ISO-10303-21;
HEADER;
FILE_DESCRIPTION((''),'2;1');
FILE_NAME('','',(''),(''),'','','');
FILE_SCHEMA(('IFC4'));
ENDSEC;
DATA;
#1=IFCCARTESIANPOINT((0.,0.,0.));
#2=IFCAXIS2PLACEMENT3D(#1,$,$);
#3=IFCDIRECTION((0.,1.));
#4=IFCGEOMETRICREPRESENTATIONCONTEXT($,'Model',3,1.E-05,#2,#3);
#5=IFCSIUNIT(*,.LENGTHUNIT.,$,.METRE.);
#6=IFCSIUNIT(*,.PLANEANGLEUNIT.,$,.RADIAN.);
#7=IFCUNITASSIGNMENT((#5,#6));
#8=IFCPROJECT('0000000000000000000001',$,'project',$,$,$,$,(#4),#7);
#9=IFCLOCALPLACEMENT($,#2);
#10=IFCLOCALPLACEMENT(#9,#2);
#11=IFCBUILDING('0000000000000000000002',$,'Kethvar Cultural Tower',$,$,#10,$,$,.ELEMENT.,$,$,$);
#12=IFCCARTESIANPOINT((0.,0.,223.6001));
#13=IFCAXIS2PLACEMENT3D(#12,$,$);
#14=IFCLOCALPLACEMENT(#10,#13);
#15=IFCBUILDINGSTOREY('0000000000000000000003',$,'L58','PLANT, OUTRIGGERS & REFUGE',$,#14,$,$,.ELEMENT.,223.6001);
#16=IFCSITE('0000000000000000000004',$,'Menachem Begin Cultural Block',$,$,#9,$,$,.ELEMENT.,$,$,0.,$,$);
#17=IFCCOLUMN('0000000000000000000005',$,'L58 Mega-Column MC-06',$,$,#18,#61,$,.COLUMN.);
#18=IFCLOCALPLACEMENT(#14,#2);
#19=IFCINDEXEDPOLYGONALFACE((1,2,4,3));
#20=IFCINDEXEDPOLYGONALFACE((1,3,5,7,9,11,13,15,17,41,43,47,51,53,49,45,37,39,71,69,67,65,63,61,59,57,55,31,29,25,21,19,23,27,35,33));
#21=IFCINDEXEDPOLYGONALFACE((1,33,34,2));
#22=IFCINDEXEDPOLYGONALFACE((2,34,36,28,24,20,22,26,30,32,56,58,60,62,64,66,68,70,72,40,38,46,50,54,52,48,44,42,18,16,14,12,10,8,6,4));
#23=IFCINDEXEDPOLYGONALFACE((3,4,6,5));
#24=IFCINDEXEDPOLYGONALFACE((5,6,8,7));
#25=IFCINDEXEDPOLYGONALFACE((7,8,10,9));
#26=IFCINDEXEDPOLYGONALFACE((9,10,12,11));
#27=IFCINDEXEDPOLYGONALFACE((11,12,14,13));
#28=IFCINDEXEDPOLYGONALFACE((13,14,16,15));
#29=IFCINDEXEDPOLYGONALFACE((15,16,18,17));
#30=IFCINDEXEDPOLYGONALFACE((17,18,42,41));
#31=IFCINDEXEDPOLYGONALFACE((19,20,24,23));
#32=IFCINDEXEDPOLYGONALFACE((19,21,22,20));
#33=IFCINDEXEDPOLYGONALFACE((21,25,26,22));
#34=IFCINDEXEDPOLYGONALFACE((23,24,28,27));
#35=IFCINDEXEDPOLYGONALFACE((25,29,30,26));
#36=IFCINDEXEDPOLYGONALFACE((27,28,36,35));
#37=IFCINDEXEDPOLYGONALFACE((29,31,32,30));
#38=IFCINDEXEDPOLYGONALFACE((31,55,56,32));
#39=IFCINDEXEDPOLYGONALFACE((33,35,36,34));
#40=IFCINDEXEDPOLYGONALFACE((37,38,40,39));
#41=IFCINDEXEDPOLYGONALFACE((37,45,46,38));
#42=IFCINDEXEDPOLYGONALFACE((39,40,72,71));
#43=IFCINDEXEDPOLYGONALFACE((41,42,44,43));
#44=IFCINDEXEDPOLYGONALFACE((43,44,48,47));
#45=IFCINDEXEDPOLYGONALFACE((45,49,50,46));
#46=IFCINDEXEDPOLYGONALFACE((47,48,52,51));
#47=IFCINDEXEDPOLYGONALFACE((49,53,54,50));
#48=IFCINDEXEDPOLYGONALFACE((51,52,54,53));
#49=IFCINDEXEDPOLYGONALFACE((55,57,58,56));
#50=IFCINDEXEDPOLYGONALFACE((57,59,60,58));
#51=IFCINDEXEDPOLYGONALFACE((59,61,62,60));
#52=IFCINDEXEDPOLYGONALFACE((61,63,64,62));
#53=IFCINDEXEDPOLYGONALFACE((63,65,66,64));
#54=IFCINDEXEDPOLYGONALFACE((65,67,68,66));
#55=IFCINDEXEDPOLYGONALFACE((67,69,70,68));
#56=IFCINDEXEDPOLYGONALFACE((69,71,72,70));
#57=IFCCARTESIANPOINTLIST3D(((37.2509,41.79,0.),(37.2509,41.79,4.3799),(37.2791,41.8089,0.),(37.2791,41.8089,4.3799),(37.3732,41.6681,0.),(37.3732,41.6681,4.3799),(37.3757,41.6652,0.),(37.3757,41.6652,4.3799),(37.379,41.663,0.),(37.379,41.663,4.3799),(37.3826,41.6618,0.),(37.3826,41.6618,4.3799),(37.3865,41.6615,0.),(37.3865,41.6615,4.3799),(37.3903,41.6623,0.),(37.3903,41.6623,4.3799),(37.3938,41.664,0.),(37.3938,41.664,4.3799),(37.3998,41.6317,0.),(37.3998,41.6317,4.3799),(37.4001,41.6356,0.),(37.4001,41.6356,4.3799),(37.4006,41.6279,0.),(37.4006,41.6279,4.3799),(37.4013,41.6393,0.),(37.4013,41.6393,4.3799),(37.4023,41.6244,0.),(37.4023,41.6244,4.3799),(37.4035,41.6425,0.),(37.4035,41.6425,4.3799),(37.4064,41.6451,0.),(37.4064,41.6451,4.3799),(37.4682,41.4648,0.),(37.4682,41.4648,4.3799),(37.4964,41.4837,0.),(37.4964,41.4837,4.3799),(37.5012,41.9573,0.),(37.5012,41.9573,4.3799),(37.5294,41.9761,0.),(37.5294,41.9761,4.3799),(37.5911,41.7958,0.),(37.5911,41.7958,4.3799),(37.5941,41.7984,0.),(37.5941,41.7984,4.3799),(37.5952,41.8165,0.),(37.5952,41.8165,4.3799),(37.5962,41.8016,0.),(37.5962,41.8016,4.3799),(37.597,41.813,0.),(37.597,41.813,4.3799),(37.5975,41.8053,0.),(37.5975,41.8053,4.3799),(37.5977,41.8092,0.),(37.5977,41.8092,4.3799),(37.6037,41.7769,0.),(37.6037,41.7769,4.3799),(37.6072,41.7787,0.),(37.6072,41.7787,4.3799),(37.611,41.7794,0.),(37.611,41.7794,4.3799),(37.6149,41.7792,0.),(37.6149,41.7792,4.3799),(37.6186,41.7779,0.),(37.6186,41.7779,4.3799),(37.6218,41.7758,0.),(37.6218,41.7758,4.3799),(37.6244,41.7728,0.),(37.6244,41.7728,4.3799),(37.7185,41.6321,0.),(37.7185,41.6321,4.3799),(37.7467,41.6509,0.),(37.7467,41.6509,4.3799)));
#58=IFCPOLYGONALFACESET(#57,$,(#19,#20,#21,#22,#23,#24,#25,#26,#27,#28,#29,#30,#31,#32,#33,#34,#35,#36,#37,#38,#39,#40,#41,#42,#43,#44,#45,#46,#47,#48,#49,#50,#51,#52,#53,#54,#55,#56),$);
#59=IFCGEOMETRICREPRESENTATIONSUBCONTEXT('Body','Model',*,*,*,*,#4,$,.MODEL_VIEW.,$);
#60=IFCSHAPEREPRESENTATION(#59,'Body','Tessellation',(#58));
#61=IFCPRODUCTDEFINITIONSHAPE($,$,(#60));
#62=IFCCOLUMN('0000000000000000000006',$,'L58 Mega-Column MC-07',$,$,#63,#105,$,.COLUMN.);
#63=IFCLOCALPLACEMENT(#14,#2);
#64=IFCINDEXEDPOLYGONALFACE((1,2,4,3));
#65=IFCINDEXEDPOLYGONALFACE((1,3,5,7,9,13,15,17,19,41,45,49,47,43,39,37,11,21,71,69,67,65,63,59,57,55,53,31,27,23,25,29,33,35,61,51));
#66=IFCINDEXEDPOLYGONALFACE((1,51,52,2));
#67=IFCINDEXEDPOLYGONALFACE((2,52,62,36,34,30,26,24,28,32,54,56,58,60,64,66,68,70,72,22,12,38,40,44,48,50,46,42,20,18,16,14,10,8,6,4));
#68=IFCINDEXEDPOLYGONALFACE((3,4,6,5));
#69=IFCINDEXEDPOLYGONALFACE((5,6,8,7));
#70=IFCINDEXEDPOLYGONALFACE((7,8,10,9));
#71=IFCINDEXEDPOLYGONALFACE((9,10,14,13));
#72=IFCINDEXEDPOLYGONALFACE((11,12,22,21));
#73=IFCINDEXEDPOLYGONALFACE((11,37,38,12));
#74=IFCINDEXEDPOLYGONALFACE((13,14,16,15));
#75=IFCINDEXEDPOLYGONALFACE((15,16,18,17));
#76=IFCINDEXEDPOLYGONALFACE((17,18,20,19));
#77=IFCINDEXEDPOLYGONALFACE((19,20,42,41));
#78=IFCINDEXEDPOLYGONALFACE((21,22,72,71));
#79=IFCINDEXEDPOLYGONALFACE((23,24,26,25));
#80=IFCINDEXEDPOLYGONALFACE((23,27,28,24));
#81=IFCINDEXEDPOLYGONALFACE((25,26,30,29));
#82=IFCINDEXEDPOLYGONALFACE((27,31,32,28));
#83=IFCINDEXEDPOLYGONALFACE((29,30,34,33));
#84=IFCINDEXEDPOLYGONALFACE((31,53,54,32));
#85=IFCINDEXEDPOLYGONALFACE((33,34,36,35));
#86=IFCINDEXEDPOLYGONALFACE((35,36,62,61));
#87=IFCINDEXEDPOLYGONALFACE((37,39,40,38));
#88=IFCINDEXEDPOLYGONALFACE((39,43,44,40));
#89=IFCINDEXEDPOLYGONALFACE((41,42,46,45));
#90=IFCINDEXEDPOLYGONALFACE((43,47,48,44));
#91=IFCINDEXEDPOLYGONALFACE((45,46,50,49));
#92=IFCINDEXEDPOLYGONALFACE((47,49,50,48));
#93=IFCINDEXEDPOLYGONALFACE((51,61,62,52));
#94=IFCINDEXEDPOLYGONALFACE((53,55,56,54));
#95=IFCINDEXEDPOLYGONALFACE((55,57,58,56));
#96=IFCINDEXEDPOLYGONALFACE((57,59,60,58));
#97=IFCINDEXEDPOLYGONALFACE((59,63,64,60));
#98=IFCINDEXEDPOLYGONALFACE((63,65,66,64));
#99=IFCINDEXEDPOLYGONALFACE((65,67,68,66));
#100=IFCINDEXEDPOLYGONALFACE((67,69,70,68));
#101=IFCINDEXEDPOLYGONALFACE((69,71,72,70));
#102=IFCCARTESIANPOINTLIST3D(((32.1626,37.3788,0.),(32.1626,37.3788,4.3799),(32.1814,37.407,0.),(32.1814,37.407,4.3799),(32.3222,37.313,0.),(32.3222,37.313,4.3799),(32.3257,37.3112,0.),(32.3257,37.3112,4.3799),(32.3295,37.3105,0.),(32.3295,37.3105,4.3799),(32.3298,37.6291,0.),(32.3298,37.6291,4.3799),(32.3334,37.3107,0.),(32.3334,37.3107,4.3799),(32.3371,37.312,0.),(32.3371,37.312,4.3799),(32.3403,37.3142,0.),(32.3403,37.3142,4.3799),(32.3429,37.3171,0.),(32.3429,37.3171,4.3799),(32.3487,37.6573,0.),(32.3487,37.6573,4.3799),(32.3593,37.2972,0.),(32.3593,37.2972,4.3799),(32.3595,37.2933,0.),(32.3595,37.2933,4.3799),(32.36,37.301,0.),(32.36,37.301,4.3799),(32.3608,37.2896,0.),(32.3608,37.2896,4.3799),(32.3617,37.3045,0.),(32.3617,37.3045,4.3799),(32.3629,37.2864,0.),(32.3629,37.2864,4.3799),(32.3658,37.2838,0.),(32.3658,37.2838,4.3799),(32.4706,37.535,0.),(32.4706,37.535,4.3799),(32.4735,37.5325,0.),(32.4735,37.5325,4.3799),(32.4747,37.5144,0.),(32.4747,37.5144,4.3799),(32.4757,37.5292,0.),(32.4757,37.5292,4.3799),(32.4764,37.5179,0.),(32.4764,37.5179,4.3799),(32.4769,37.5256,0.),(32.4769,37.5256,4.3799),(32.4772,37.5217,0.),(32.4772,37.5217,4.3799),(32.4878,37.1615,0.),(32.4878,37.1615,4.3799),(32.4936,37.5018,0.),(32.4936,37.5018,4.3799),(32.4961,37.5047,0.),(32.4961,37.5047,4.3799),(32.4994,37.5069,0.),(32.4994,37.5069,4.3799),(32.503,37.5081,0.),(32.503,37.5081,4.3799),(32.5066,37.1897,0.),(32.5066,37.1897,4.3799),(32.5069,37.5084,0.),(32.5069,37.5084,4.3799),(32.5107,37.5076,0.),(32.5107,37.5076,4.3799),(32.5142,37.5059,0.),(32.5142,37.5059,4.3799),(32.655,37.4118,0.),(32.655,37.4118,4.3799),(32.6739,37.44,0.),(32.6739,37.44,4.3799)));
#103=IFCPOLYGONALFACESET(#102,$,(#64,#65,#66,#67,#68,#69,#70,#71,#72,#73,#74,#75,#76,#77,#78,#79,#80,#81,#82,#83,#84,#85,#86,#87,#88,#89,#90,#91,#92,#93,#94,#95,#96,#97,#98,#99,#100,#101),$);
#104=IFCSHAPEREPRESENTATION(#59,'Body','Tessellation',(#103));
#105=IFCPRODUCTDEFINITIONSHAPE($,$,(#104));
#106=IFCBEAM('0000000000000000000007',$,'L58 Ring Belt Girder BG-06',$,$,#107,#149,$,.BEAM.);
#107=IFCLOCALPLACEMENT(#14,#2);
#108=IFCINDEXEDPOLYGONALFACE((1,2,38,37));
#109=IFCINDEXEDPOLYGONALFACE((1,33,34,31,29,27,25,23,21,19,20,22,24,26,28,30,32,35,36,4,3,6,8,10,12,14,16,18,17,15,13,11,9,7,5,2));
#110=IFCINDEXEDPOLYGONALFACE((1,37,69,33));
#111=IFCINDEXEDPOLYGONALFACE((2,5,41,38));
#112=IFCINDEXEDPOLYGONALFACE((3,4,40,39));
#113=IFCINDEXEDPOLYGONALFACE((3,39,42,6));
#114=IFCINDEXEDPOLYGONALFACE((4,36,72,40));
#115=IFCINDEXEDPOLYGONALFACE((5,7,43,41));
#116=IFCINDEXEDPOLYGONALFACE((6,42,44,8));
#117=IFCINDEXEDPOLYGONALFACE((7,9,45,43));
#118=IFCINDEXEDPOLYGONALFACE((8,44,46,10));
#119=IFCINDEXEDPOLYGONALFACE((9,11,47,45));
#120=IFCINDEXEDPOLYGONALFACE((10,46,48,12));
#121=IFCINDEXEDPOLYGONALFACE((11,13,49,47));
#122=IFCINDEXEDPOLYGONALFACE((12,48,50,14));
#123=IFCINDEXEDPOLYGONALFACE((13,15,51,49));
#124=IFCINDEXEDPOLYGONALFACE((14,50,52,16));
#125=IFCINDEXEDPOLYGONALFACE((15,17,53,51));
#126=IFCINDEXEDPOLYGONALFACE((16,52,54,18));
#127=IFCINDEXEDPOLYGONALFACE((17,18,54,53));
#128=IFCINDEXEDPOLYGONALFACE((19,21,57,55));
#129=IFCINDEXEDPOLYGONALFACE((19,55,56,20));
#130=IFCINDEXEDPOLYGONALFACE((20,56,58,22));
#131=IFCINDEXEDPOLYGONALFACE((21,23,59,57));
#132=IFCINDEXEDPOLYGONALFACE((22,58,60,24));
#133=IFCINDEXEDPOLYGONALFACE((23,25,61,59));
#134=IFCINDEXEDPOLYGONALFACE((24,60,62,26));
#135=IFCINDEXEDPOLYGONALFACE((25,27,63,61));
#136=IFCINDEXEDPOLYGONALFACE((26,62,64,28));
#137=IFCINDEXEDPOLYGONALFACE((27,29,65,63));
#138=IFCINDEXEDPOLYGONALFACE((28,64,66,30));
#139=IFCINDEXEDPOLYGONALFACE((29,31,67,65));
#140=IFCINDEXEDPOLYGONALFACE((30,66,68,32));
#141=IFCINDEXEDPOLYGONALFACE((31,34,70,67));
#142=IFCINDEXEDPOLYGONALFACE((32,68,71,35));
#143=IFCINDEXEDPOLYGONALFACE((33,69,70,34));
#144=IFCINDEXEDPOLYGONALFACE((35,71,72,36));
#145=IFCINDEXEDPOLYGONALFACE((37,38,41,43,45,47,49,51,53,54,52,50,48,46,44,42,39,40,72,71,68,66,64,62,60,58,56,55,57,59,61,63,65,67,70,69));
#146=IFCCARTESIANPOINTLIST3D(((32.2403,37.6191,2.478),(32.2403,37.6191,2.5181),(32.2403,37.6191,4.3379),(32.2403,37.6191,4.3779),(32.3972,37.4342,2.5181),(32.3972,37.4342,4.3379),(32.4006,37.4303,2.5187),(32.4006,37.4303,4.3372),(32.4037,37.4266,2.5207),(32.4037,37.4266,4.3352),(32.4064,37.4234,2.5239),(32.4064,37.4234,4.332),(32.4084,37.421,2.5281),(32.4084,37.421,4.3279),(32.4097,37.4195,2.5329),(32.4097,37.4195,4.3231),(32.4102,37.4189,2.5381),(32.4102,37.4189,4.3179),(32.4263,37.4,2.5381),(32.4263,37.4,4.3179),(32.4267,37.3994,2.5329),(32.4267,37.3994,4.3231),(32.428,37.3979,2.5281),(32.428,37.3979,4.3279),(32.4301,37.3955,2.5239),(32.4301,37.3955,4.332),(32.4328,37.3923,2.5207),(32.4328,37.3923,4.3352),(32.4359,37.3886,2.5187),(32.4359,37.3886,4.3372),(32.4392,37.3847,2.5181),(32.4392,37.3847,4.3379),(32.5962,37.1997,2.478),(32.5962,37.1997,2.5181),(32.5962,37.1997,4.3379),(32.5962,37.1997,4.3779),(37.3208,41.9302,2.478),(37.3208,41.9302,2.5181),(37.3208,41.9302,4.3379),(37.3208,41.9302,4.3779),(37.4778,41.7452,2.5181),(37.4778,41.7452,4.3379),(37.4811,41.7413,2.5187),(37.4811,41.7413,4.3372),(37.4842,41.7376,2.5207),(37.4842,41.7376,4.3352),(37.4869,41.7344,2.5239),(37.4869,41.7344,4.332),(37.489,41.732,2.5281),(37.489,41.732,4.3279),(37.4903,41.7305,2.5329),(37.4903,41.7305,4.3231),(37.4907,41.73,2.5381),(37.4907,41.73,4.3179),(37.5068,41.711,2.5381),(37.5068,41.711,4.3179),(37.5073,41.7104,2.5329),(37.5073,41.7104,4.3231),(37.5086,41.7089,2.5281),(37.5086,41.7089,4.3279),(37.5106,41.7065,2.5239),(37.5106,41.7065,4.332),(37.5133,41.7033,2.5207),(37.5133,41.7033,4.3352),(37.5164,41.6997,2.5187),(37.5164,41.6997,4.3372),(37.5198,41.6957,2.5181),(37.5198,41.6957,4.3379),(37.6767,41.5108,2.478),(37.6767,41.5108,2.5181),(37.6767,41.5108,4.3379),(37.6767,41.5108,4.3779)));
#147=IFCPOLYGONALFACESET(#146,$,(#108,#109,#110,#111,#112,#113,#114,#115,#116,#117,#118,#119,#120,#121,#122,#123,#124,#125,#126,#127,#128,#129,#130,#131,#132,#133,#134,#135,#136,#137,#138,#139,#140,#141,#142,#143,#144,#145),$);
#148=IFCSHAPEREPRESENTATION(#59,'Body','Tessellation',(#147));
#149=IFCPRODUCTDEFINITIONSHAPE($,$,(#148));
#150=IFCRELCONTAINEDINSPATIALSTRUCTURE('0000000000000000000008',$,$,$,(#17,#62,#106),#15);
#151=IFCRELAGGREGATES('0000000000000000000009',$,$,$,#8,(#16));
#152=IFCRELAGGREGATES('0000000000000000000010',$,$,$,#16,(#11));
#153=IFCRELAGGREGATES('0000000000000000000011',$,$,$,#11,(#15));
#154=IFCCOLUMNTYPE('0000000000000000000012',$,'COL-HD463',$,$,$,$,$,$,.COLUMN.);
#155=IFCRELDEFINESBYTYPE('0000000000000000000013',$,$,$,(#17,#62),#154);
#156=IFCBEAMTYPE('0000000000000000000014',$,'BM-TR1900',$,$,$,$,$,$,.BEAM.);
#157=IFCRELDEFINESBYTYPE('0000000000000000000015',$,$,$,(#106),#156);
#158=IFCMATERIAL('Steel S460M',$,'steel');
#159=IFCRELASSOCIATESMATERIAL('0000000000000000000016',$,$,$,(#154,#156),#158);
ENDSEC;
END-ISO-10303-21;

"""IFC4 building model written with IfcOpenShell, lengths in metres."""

from ifc_helpers import new_model, si_unit, direction, frame, origin, origin_2d, place, context, subcontext, project, spatial, i_section, extrude, source, transform, mapped, material, material_profile, profile_set, type_object, element, save


model = new_model("IFC4")

# Units and contexts
model_context = context("Model", 3, precision=1e-05, world=origin(), true_north=direction((0.0, 1.0)))
body_context = subcontext(model_context, "Body", "Model", "MODEL_VIEW")
ifc_project = project(units=[si_unit("LENGTHUNIT", "METRE"), si_unit("PLANEANGLEUNIT", "RADIAN")], contexts=[model_context])

# Site, building, storey
site_placement = place(None, origin())
site = spatial("IfcSite", under=ifc_project, at=site_placement, Name="Menachem Begin Cultural Block", CompositionType="ELEMENT", RefElevation=0.0)
building_placement = place(site_placement, origin())
building = spatial("IfcBuilding", under=site, at=building_placement, Name="Kethvar Cultural Tower", CompositionType="ELEMENT")
storey_placement = place(building_placement, frame((0.0, 0.0, 223.6001)))
storey = spatial("IfcBuildingStorey", under=building, at=storey_placement, Name="L58", Description="PLANT, OUTRIGGERS & REFUGE", CompositionType="ELEMENT", Elevation=223.6001)

# Columns
ifc_material_1 = material(Name="Steel S460M", Category="steel")
ifc_material_profile_1 = material_profile(ifc_material_1, i_section(OverallWidth=0.3911, OverallDepth=0.335, WebThickness=0.0227, FlangeThickness=0.0339, FilletRadius=0.0149, at=origin_2d()), Name="Steel S460M — HD400x463")
ifc_profile_set_1 = profile_set([ifc_material_profile_1], Name="Steel S460M — HD400x463")
column_type = type_object("IfcColumnType", Name="COL-HD463", PredefinedType="COLUMN", material=ifc_profile_set_1)
shared_shape_1 = source(origin(), body_context, "Body", "SweptSolid", [
    extrude(i_section(OverallWidth=0.3911, OverallDepth=0.335, WebThickness=0.0227, FlangeThickness=0.0339, FilletRadius=0.0149, at=origin_2d()), origin(), (0.0, 0.0, 1.0), 4.3799),
])
for number, where, z_axis, x_axis, name in (
    (1, (37.4988, 41.7205, 0.0), (0.0, 0.0, 1.0), (-0.55557, 0.83147, 0.0), "L58 Mega-Column MC-06"),
    (2, (32.4182, 37.4094, 0.0), (0.0, 0.0, 1.0), (-0.83147, 0.55557, 0.0), "L58 Mega-Column MC-07"),
):
    element("IfcColumn", number, at=place(storey_placement, frame(where, z_axis=z_axis, x_axis=x_axis)), inside=storey, type_object=column_type, Name=name, PredefinedType="COLUMN", context=body_context, shape_type="MappedRepresentation", body=[
        mapped(shared_shape_1, transform((0.0, 0.0, 0.0), scale=1.0)),
    ])

# Beam
ifc_material_profile_2 = material_profile(ifc_material_1, i_section(OverallWidth=0.55, OverallDepth=1.8999, WebThickness=0.0249, FlangeThickness=0.04, FilletRadius=0.02, at=origin_2d()), Name="Steel S460M — PG1900x550x40x25")
ifc_profile_set_2 = profile_set([ifc_material_profile_2], Name="Steel S460M — PG1900x550x40x25")
beam_type = type_object("IfcBeamType", Name="BM-TR1900", PredefinedType="BEAM", material=ifc_profile_set_2)
shared_shape_2 = source(origin(), body_context, "Body", "SweptSolid", [
    extrude(i_section(OverallWidth=0.55, OverallDepth=1.8999, WebThickness=0.0249, FlangeThickness=0.04, FilletRadius=0.02, at=origin_2d()), origin(), (0.0, 0.0, 1.0), 6.6631),
])
beam_1_placement = place(storey_placement, frame((37.4988, 41.7205, 3.428), z_axis=(-0.762491, -0.646999, 0.0), x_axis=(0.646999, -0.762491, 0.0)))
element("IfcBeam", 3, at=beam_1_placement, inside=storey, type_object=beam_type, Name="L58 Ring Belt Girder BG-06", PredefinedType="BEAM", context=body_context, shape_type="MappedRepresentation", body=[
    mapped(shared_shape_2, transform((0.0, 0.0, 0.0), scale=1.0)),
])

save(model, "model.ifc")
